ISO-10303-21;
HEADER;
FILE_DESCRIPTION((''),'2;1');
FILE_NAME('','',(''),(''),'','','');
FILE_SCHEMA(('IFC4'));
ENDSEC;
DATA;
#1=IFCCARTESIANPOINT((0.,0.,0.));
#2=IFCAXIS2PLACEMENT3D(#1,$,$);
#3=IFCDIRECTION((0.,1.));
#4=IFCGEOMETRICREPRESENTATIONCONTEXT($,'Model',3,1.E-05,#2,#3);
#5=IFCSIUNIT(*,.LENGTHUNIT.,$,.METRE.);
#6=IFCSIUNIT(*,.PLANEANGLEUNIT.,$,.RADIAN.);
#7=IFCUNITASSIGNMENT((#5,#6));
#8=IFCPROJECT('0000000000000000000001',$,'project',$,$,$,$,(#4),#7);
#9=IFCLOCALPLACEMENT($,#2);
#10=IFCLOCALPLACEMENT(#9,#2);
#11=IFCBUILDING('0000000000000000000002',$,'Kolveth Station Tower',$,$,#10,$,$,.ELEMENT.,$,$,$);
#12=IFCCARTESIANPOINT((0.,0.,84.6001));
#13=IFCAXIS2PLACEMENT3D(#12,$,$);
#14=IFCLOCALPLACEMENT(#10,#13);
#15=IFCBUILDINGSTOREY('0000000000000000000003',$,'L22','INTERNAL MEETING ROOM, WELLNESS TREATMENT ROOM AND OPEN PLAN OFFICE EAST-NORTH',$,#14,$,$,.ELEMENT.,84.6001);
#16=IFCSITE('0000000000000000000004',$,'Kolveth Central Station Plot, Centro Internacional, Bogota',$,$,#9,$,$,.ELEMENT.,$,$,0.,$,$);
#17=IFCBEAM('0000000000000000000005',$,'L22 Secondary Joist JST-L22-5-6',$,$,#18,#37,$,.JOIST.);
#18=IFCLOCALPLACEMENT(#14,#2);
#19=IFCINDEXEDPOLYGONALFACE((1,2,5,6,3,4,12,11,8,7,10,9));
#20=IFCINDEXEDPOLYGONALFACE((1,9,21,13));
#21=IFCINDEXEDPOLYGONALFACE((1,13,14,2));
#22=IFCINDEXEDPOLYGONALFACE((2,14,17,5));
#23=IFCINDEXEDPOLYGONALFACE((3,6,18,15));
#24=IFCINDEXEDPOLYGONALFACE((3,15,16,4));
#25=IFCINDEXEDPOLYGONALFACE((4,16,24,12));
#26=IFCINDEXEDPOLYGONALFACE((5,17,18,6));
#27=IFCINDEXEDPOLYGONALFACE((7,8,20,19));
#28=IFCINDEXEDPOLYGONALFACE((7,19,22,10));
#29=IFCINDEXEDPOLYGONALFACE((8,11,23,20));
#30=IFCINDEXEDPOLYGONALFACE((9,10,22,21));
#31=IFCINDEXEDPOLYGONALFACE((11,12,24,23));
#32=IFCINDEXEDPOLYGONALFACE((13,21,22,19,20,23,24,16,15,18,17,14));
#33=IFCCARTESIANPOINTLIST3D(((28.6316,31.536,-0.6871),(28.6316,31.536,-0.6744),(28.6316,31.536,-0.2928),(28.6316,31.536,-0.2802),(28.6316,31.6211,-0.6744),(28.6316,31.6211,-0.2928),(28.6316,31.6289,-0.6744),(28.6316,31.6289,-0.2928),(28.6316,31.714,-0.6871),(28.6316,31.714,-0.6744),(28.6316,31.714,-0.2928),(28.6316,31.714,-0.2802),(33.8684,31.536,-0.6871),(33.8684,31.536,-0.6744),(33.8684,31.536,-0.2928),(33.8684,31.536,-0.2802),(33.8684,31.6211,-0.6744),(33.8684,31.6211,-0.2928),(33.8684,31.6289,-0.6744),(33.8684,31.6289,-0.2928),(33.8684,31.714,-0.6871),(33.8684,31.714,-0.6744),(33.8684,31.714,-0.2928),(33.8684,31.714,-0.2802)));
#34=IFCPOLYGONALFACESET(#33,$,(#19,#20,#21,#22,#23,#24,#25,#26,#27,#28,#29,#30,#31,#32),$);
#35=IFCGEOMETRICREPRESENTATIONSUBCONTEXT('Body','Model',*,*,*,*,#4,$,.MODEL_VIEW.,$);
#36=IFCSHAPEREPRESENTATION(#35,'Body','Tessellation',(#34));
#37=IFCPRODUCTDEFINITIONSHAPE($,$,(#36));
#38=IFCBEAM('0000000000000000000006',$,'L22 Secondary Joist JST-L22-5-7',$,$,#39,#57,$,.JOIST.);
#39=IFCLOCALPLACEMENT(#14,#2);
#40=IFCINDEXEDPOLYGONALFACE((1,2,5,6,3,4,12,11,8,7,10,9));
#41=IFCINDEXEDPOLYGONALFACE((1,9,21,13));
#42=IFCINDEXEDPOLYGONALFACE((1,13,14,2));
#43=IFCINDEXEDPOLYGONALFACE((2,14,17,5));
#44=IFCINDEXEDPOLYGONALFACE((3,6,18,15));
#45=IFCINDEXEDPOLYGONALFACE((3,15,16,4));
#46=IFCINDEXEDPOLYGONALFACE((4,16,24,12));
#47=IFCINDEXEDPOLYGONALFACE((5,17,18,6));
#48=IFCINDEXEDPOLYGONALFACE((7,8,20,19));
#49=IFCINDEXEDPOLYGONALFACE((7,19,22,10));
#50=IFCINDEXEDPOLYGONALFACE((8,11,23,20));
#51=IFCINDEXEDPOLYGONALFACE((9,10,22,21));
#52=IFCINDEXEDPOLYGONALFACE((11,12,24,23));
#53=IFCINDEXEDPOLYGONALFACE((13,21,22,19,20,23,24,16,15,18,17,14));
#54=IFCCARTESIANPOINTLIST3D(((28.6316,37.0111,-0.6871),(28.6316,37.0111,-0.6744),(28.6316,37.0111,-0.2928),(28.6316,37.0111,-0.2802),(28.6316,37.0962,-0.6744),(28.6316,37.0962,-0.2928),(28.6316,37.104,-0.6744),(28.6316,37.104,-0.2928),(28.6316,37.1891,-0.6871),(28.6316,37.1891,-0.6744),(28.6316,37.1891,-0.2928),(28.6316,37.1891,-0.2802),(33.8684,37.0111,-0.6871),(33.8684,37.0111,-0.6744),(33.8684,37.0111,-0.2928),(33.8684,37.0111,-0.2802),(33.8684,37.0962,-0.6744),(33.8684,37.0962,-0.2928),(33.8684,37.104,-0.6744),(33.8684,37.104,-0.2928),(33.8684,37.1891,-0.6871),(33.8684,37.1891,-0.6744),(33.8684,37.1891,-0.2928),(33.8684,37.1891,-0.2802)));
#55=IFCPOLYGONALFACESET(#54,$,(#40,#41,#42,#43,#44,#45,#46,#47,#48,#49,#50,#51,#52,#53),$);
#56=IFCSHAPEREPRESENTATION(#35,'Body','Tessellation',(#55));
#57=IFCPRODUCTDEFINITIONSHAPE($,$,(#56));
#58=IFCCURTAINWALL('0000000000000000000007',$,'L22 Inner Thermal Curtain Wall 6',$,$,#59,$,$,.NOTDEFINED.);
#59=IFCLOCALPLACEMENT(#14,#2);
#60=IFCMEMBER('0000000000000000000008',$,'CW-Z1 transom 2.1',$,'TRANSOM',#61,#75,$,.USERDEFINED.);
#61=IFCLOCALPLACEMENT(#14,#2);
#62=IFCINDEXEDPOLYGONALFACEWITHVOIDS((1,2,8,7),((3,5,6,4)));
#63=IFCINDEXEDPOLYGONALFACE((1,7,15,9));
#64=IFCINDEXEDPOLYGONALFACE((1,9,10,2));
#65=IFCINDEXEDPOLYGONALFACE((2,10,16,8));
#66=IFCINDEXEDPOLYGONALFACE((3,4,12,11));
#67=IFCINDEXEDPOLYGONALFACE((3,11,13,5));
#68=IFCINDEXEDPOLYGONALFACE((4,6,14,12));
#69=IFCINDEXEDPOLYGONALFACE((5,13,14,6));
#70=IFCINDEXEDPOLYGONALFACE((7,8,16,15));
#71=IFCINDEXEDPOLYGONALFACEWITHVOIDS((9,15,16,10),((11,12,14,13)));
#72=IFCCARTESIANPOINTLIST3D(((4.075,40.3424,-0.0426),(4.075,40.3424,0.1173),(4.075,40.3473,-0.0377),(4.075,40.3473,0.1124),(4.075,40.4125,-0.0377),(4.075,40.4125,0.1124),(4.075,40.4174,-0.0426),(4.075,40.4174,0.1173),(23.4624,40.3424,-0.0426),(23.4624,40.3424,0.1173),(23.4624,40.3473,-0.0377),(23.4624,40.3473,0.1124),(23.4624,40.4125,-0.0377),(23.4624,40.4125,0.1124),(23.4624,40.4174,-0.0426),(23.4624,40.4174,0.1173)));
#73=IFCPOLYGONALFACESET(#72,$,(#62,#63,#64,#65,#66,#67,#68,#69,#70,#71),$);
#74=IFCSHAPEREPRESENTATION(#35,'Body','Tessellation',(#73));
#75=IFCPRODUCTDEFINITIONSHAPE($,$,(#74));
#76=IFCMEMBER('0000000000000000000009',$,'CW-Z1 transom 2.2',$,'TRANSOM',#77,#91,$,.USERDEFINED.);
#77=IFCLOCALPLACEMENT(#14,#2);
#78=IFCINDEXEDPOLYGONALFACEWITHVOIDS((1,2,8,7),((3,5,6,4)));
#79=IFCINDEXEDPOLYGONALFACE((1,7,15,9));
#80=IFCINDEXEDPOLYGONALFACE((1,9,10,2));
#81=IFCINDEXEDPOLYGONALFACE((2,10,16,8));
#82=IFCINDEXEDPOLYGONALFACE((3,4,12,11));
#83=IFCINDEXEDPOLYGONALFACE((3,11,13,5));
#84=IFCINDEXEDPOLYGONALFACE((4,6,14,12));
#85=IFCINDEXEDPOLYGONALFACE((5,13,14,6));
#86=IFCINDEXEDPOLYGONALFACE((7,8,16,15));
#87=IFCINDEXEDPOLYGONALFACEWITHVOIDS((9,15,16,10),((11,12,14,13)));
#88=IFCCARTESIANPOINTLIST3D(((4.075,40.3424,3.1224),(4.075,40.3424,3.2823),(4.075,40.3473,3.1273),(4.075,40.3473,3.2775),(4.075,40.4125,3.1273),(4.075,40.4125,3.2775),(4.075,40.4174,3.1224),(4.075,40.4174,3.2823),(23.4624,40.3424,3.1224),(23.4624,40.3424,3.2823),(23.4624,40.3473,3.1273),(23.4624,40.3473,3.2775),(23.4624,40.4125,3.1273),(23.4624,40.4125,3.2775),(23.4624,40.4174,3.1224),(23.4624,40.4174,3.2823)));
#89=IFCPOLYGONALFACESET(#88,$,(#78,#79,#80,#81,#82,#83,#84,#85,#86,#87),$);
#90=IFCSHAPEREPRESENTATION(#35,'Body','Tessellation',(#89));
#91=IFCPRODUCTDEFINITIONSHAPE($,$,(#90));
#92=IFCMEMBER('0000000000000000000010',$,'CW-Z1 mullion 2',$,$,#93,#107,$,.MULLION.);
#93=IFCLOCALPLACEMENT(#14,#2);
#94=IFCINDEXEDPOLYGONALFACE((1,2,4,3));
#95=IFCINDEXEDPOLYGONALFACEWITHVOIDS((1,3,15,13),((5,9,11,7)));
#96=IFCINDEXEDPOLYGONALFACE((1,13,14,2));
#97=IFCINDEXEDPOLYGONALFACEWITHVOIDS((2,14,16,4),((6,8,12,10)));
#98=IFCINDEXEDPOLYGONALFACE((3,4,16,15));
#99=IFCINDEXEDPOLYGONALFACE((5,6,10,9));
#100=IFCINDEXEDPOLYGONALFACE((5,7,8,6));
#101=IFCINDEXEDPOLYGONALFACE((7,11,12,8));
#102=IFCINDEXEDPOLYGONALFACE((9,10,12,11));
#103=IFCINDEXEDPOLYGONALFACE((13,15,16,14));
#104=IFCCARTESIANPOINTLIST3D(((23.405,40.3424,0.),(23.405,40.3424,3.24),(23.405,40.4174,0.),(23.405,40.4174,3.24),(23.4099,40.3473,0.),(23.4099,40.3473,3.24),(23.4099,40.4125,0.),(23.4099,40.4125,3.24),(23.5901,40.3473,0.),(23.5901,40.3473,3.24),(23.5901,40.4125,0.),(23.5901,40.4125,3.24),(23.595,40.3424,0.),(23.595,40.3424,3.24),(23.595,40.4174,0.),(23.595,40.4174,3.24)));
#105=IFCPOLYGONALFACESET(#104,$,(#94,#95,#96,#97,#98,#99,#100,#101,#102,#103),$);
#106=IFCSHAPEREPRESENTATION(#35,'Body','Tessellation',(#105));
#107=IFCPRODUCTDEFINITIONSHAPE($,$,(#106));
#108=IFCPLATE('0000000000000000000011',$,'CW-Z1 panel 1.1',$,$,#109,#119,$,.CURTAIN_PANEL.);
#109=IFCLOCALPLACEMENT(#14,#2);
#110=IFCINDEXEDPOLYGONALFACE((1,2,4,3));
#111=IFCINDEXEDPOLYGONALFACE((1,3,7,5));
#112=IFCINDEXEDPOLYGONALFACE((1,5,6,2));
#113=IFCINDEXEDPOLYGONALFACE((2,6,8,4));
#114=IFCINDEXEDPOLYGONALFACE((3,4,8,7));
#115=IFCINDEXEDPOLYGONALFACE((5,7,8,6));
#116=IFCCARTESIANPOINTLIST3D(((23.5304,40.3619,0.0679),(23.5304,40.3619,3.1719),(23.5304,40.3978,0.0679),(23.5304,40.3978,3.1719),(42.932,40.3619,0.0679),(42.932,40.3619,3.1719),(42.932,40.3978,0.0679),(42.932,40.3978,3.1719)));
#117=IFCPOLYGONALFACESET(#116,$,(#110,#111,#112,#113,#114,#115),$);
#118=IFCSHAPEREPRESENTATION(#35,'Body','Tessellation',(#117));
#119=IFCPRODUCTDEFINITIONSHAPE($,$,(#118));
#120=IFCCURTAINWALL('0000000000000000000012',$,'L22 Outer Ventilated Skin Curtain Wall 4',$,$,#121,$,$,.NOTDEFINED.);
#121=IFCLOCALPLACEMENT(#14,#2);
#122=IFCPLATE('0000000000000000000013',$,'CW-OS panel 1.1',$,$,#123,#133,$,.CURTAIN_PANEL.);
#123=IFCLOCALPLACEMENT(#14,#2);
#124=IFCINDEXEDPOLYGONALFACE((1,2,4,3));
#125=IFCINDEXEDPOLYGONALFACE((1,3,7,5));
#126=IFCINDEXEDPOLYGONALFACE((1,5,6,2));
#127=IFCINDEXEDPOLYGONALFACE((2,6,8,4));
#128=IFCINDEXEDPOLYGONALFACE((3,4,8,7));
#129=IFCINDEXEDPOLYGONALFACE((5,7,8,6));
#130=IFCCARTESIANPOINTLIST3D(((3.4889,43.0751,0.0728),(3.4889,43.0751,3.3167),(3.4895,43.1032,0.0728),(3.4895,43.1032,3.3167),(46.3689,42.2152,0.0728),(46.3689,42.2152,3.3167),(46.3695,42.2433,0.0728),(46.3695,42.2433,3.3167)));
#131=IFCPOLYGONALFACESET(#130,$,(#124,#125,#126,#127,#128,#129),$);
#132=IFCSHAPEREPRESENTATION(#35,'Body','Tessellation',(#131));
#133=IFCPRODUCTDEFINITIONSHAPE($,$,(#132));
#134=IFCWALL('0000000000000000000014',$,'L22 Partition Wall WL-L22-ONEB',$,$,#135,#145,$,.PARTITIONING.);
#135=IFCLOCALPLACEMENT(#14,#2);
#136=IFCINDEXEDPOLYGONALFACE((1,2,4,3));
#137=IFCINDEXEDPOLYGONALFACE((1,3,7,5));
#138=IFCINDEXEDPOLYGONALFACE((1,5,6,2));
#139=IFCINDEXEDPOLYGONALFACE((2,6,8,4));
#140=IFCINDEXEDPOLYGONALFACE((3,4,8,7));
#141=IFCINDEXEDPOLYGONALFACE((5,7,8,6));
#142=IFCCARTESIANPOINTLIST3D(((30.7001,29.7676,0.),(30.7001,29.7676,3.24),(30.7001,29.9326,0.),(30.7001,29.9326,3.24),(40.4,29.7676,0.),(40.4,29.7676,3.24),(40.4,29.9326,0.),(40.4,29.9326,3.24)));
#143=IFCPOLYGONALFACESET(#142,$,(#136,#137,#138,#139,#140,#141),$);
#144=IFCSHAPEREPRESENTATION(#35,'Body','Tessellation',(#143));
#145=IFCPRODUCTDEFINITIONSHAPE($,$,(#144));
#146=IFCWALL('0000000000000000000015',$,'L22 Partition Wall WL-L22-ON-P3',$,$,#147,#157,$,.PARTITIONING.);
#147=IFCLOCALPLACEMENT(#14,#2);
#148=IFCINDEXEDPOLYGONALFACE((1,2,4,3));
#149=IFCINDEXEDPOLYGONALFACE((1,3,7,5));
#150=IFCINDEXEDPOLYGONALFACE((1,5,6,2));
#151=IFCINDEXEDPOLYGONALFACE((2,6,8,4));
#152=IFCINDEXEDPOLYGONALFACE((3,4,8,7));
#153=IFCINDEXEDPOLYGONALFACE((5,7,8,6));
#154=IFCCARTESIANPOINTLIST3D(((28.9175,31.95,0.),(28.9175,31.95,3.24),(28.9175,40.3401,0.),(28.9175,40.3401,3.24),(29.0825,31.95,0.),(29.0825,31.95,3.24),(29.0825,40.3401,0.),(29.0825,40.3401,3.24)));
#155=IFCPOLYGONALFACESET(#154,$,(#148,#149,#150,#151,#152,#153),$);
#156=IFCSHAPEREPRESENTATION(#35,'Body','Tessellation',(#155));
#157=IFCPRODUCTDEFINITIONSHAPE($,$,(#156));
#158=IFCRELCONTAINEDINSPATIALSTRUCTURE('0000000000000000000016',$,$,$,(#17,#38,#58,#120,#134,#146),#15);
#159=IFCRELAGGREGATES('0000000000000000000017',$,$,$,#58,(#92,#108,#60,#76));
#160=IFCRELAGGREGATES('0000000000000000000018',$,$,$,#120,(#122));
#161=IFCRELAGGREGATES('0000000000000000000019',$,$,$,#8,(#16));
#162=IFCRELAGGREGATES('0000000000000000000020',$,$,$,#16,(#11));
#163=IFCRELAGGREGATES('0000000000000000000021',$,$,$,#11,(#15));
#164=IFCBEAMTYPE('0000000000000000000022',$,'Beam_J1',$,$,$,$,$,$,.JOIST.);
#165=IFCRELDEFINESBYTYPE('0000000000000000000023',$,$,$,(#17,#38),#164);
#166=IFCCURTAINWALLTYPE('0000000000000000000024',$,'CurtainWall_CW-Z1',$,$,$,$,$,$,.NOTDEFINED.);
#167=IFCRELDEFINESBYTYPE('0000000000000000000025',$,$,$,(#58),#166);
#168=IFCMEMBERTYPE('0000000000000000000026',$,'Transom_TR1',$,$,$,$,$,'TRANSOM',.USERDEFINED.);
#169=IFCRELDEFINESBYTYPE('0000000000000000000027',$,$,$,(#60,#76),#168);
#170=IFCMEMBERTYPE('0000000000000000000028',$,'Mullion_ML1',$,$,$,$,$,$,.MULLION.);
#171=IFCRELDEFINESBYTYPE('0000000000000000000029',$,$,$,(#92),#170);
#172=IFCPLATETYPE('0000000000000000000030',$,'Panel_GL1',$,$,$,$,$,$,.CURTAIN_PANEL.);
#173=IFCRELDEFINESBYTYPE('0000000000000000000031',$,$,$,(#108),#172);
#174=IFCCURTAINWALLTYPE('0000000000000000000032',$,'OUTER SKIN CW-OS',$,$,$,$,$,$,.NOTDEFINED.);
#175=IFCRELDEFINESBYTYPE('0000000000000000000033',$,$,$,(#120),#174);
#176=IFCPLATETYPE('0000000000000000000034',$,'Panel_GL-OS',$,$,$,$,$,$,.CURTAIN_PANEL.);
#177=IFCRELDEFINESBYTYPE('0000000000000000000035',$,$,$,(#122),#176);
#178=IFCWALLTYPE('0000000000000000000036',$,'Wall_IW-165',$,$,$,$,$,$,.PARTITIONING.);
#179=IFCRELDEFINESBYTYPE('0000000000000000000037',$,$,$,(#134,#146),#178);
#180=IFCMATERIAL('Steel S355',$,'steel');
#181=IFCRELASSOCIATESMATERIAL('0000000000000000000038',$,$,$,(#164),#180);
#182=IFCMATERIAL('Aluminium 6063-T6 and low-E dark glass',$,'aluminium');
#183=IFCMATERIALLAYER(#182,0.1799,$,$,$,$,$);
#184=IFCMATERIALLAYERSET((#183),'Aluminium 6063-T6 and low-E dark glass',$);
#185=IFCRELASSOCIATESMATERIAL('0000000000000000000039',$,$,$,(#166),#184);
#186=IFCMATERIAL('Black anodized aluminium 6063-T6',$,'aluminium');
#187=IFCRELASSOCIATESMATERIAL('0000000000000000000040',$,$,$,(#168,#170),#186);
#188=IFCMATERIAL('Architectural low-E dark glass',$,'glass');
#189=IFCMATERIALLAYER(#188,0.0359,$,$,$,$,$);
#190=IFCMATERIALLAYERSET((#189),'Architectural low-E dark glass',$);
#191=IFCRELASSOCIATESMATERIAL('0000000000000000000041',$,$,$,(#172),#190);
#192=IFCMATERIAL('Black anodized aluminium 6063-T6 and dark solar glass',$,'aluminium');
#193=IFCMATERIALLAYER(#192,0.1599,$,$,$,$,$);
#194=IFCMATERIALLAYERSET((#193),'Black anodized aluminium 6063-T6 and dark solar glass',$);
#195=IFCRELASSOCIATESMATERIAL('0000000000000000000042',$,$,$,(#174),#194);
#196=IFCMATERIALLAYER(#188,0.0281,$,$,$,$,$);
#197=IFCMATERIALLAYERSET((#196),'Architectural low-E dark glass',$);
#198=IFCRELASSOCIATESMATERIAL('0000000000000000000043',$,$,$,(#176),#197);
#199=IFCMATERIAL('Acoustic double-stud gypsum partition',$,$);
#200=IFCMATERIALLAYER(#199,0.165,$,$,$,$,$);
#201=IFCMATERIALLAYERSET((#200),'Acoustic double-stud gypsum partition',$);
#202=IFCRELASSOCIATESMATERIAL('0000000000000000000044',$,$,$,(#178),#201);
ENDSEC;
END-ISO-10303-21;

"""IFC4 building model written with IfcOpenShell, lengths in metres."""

from ifc_helpers import new_model, si_unit, direction, frame, frame_2d, origin, origin_2d, place, context, subcontext, project, spatial, rectangle, hollow_rectangle, i_section, extrude, source, transform, mapped, material, layer, layer_set, material_profile, profile_set, type_object, element, aggregate, save


model = new_model("IFC4")

# Units and contexts
model_context = context("Model", 3, precision=1e-05, world=origin(), true_north=direction((0.0, 1.0)))
body_context = subcontext(model_context, "Body", "Model", "MODEL_VIEW")
ifc_project = project(units=[si_unit("LENGTHUNIT", "METRE"), si_unit("PLANEANGLEUNIT", "RADIAN")], contexts=[model_context])

# Site, building, storey
site_placement = place(None, origin())
site = spatial("IfcSite", under=ifc_project, at=site_placement, Name="Kolveth Central Station Plot, Centro Internacional, Bogota", CompositionType="ELEMENT", RefElevation=0.0)
building_placement = place(site_placement, origin())
building = spatial("IfcBuilding", under=site, at=building_placement, Name="Kolveth Station Tower", CompositionType="ELEMENT")
storey_placement = place(building_placement, frame((0.0, 0.0, 84.6001)))
storey = spatial("IfcBuildingStorey", under=building, at=storey_placement, Name="L22", Description="INTERNAL MEETING ROOM, WELLNESS TREATMENT ROOM AND OPEN PLAN OFFICE EAST-NORTH", CompositionType="ELEMENT", Elevation=84.6001)

# Shared definitions
ifc_material_1 = material(Name="Steel S355", Category="steel")

# Beams
ifc_material_profile_1 = material_profile(ifc_material_1, i_section(OverallWidth=0.178, OverallDepth=0.407, WebThickness=0.0078, FlangeThickness=0.0127, at=origin_2d()), Name="W410x60")
ifc_profile_set_1 = profile_set([ifc_material_profile_1], Name="Steel S355")
beam_type_1 = type_object("IfcBeamType", Name="Beam_J1", PredefinedType="JOIST", material=ifc_profile_set_1)
shared_shape_1 = source(origin(), body_context, "Body", "SweptSolid", [
    extrude(i_section(OverallWidth=0.178, OverallDepth=0.407, WebThickness=0.0078, FlangeThickness=0.0127, at=origin_2d()), origin(), (0.0, 0.0, 1.0), 5.2368),
])
for number, where, z_axis, x_axis, name in (
    (1, (28.6316, 31.625, -0.4836), (1.0, 0.0, 0.0), (0.0, 1.0, 0.0), "L22 Secondary Joist JST-L22-5-6"),
    (2, (28.6316, 37.1001, -0.4836), (1.0, 0.0, 0.0), (0.0, 1.0, 0.0), "L22 Secondary Joist JST-L22-5-7"),
):
    element("IfcBeam", number, at=place(storey_placement, frame(where, z_axis=z_axis, x_axis=x_axis)), inside=storey, type_object=beam_type_1, Name=name, PredefinedType="JOIST", context=body_context, shape_type="MappedRepresentation", body=[
        mapped(shared_shape_1, transform((0.0, 0.0, 0.0), x_axis=(1.0, 0.0, 0.0), y_axis=(0.0, 1.0, 0.0), z_axis=(0.0, 0.0, 1.0), scale=1.0)),
    ])

# Curtain wall, members, plate
ifc_material_2 = material(Name="Aluminium 6063-T6 and low-E dark glass", Category="aluminium")
ifc_layer_1 = layer(ifc_material_2, 0.1799)
ifc_layer_set_1 = layer_set([ifc_layer_1], Name="Aluminium 6063-T6 and low-E dark glass")
curtain_wall_type_1 = type_object("IfcCurtainWallType", Name="CurtainWall_CW-Z1", PredefinedType="NOTDEFINED", material=ifc_layer_set_1)
curtain_wall_1_placement = place(storey_placement, origin())
curtain_wall_1 = element("IfcCurtainWall", 3, at=curtain_wall_1_placement, inside=storey, type_object=curtain_wall_type_1, Name="L22 Inner Thermal Curtain Wall 6", PredefinedType="NOTDEFINED")
ifc_material_3 = material(Name="Black anodized aluminium 6063-T6", Category="aluminium")
ifc_material_profile_2 = material_profile(ifc_material_3, hollow_rectangle(XDim=0.075, YDim=0.1599, WallThickness=0.0049, at=origin_2d()), Name="ALU-75x160x5")
ifc_profile_set_2 = profile_set([ifc_material_profile_2], Name="Black anodized aluminium 6063-T6")
member_type_1 = type_object("IfcMemberType", Name="Transom_TR1", ElementType="TRANSOM", PredefinedType="USERDEFINED", material=ifc_profile_set_2)
shared_shape_2 = source(origin(), body_context, "Body", "SweptSolid", [
    extrude(hollow_rectangle(XDim=0.075, YDim=0.1599, WallThickness=0.0049, at=origin_2d()), origin(), (0.0, 0.0, 1.0), 19.3875),
])
member_1_placement = place(storey_placement, frame((23.4624, 40.3799, 0.0374), z_axis=(-1.0, 0.0, 0.0), x_axis=(0.0, -1.0, 0.0)))
member_1 = element("IfcMember", 4, at=member_1_placement, type_object=member_type_1, Name="CW-Z1 transom 2.1", ObjectType="TRANSOM", PredefinedType="USERDEFINED", context=body_context, shape_type="MappedRepresentation", body=[
    mapped(shared_shape_2, transform((0.0, 0.0, 0.0), x_axis=(1.0, 0.0, 0.0), y_axis=(0.0, 1.0, 0.0), z_axis=(0.0, 0.0, 1.0), scale=1.0)),
])
member_2_placement = place(storey_placement, frame((23.4624, 40.3799, 3.2024), z_axis=(-1.0, 0.0, 0.0), x_axis=(0.0, -1.0, 0.0)))
member_2 = element("IfcMember", 5, at=member_2_placement, type_object=member_type_1, Name="CW-Z1 transom 2.2", ObjectType="TRANSOM", PredefinedType="USERDEFINED", context=body_context, shape_type="MappedRepresentation", body=[
    mapped(shared_shape_2, transform((0.0, 0.0, 0.0), x_axis=(1.0, 0.0, 0.0), y_axis=(0.0, 1.0, 0.0), z_axis=(0.0, 0.0, 1.0), scale=1.0)),
])
ifc_material_profile_3 = material_profile(ifc_material_3, hollow_rectangle(XDim=0.075, YDim=0.1899, WallThickness=0.0049, at=origin_2d()), Name="ALU-75x190x5")
ifc_profile_set_3 = profile_set([ifc_material_profile_3], Name="Black anodized aluminium 6063-T6")
member_type_2 = type_object("IfcMemberType", Name="Mullion_ML1", PredefinedType="MULLION", material=ifc_profile_set_3)
shared_shape_3 = source(origin(), body_context, "Body", "SweptSolid", [
    extrude(hollow_rectangle(XDim=0.075, YDim=0.1899, WallThickness=0.0049, at=origin_2d()), origin(), (0.0, 0.0, 1.0), 3.24),
])
member_3_placement = place(storey_placement, frame((23.5, 40.3799, 0.0), z_axis=(0.0, 0.0, 1.0), x_axis=(0.0, -1.0, 0.0)))
member_3 = element("IfcMember", 6, at=member_3_placement, type_object=member_type_2, Name="CW-Z1 mullion 2", PredefinedType="MULLION", context=body_context, shape_type="MappedRepresentation", body=[
    mapped(shared_shape_3, transform((0.0, 0.0, 0.0), x_axis=(1.0, 0.0, 0.0), y_axis=(0.0, 1.0, 0.0), z_axis=(0.0, 0.0, 1.0), scale=1.0)),
])
ifc_material_4 = material(Name="Architectural low-E dark glass", Category="glass")
ifc_layer_2 = layer(ifc_material_4, 0.0359)
ifc_layer_set_2 = layer_set([ifc_layer_2], Name="Architectural low-E dark glass")
plate_type_1 = type_object("IfcPlateType", Name="Panel_GL1", PredefinedType="CURTAIN_PANEL", material=ifc_layer_set_2)
shared_shape_4 = source(origin(), body_context, "Body", "SweptSolid", [
    extrude(rectangle(XDim=19.4016, YDim=0.0359, at=origin_2d()), origin(), (0.0, 0.0, 1.0), 3.104),
])
plate_1_placement = place(storey_placement, frame((33.2312, 40.3799, 0.0679), z_axis=(0.0, 0.0, 1.0), x_axis=(-1.0, 0.0, 0.0)))
plate_1 = element("IfcPlate", 7, at=plate_1_placement, type_object=plate_type_1, Name="CW-Z1 panel 1.1", PredefinedType="CURTAIN_PANEL", context=body_context, shape_type="MappedRepresentation", body=[
    mapped(shared_shape_4, transform((0.0, 0.0, 0.0), x_axis=(1.0, 0.0, 0.0), y_axis=(0.0, 1.0, 0.0), z_axis=(0.0, 0.0, 1.0), scale=1.0)),
])
aggregate(curtain_wall_1, [member_3, plate_1, member_1, member_2])

# Curtain wall, plate
ifc_material_5 = material(Name="Black anodized aluminium 6063-T6 and dark solar glass", Category="aluminium")
ifc_layer_3 = layer(ifc_material_5, 0.1599)
ifc_layer_set_3 = layer_set([ifc_layer_3], Name="Black anodized aluminium 6063-T6 and dark solar glass")
curtain_wall_type_2 = type_object("IfcCurtainWallType", Name="OUTER SKIN CW-OS", PredefinedType="NOTDEFINED", material=ifc_layer_set_3)
curtain_wall_2_placement = place(storey_placement, origin())
curtain_wall_2 = element("IfcCurtainWall", 8, at=curtain_wall_2_placement, inside=storey, type_object=curtain_wall_type_2, Name="L22 Outer Ventilated Skin Curtain Wall 4", PredefinedType="NOTDEFINED")
ifc_layer_4 = layer(ifc_material_4, 0.0281)
ifc_layer_set_4 = layer_set([ifc_layer_4], Name="Architectural low-E dark glass")
plate_type_2 = type_object("IfcPlateType", Name="Panel_GL-OS", PredefinedType="CURTAIN_PANEL", material=ifc_layer_set_4)
shared_shape_5 = source(origin(), body_context, "Body", "SweptSolid", [
    extrude(rectangle(XDim=42.8887, YDim=0.0281, at=origin_2d()), origin(), (0.0, 0.0, 1.0), 3.2439),
])
plate_2_placement = place(storey_placement, frame((24.9292, 42.6592, 0.0728), z_axis=(0.0, 0.0, 1.0), x_axis=(-0.999799, 0.020049, 0.0)))
plate_2 = element("IfcPlate", 9, at=plate_2_placement, type_object=plate_type_2, Name="CW-OS panel 1.1", PredefinedType="CURTAIN_PANEL", context=body_context, shape_type="MappedRepresentation", body=[
    mapped(shared_shape_5, transform((0.0, 0.0, 0.0), x_axis=(1.0, 0.0, 0.0), y_axis=(0.0, 1.0, 0.0), z_axis=(0.0, 0.0, 1.0), scale=1.0)),
])
aggregate(curtain_wall_2, [plate_2])

# Walls
ifc_material_6 = material(Name="Acoustic double-stud gypsum partition")
ifc_layer_5 = layer(ifc_material_6, 0.165)
ifc_layer_set_5 = layer_set([ifc_layer_5], Name="Acoustic double-stud gypsum partition")
wall_type = type_object("IfcWallType", Name="Wall_IW-165", PredefinedType="PARTITIONING", material=ifc_layer_set_5)
wall_1_placement = place(storey_placement, frame((30.7, 29.8501, 0.0), z_axis=(0.0, 0.0, 1.0), x_axis=(1.0, 0.0, 0.0)))
element("IfcWall", 10, at=wall_1_placement, inside=storey, type_object=wall_type, Name="L22 Partition Wall WL-L22-ONEB", PredefinedType="PARTITIONING", context=body_context, shape_type="SweptSolid", body=[
    extrude(rectangle(XDim=9.7, YDim=0.165, at=frame_2d((4.8501, 0.0))), origin(), (0.0, 0.0, 1.0), 3.24),
])
wall_2_placement = place(storey_placement, frame((29.0, 31.95, 0.0), z_axis=(0.0, 0.0, 1.0), x_axis=(0.0, 1.0, 0.0)))
element("IfcWall", 11, at=wall_2_placement, inside=storey, type_object=wall_type, Name="L22 Partition Wall WL-L22-ON-P3", PredefinedType="PARTITIONING", context=body_context, shape_type="SweptSolid", body=[
    extrude(rectangle(XDim=8.3901, YDim=0.165, at=frame_2d((4.1951, 0.0))), origin(), (0.0, 0.0, 1.0), 3.24),
])

save(model, "model.ifc")
